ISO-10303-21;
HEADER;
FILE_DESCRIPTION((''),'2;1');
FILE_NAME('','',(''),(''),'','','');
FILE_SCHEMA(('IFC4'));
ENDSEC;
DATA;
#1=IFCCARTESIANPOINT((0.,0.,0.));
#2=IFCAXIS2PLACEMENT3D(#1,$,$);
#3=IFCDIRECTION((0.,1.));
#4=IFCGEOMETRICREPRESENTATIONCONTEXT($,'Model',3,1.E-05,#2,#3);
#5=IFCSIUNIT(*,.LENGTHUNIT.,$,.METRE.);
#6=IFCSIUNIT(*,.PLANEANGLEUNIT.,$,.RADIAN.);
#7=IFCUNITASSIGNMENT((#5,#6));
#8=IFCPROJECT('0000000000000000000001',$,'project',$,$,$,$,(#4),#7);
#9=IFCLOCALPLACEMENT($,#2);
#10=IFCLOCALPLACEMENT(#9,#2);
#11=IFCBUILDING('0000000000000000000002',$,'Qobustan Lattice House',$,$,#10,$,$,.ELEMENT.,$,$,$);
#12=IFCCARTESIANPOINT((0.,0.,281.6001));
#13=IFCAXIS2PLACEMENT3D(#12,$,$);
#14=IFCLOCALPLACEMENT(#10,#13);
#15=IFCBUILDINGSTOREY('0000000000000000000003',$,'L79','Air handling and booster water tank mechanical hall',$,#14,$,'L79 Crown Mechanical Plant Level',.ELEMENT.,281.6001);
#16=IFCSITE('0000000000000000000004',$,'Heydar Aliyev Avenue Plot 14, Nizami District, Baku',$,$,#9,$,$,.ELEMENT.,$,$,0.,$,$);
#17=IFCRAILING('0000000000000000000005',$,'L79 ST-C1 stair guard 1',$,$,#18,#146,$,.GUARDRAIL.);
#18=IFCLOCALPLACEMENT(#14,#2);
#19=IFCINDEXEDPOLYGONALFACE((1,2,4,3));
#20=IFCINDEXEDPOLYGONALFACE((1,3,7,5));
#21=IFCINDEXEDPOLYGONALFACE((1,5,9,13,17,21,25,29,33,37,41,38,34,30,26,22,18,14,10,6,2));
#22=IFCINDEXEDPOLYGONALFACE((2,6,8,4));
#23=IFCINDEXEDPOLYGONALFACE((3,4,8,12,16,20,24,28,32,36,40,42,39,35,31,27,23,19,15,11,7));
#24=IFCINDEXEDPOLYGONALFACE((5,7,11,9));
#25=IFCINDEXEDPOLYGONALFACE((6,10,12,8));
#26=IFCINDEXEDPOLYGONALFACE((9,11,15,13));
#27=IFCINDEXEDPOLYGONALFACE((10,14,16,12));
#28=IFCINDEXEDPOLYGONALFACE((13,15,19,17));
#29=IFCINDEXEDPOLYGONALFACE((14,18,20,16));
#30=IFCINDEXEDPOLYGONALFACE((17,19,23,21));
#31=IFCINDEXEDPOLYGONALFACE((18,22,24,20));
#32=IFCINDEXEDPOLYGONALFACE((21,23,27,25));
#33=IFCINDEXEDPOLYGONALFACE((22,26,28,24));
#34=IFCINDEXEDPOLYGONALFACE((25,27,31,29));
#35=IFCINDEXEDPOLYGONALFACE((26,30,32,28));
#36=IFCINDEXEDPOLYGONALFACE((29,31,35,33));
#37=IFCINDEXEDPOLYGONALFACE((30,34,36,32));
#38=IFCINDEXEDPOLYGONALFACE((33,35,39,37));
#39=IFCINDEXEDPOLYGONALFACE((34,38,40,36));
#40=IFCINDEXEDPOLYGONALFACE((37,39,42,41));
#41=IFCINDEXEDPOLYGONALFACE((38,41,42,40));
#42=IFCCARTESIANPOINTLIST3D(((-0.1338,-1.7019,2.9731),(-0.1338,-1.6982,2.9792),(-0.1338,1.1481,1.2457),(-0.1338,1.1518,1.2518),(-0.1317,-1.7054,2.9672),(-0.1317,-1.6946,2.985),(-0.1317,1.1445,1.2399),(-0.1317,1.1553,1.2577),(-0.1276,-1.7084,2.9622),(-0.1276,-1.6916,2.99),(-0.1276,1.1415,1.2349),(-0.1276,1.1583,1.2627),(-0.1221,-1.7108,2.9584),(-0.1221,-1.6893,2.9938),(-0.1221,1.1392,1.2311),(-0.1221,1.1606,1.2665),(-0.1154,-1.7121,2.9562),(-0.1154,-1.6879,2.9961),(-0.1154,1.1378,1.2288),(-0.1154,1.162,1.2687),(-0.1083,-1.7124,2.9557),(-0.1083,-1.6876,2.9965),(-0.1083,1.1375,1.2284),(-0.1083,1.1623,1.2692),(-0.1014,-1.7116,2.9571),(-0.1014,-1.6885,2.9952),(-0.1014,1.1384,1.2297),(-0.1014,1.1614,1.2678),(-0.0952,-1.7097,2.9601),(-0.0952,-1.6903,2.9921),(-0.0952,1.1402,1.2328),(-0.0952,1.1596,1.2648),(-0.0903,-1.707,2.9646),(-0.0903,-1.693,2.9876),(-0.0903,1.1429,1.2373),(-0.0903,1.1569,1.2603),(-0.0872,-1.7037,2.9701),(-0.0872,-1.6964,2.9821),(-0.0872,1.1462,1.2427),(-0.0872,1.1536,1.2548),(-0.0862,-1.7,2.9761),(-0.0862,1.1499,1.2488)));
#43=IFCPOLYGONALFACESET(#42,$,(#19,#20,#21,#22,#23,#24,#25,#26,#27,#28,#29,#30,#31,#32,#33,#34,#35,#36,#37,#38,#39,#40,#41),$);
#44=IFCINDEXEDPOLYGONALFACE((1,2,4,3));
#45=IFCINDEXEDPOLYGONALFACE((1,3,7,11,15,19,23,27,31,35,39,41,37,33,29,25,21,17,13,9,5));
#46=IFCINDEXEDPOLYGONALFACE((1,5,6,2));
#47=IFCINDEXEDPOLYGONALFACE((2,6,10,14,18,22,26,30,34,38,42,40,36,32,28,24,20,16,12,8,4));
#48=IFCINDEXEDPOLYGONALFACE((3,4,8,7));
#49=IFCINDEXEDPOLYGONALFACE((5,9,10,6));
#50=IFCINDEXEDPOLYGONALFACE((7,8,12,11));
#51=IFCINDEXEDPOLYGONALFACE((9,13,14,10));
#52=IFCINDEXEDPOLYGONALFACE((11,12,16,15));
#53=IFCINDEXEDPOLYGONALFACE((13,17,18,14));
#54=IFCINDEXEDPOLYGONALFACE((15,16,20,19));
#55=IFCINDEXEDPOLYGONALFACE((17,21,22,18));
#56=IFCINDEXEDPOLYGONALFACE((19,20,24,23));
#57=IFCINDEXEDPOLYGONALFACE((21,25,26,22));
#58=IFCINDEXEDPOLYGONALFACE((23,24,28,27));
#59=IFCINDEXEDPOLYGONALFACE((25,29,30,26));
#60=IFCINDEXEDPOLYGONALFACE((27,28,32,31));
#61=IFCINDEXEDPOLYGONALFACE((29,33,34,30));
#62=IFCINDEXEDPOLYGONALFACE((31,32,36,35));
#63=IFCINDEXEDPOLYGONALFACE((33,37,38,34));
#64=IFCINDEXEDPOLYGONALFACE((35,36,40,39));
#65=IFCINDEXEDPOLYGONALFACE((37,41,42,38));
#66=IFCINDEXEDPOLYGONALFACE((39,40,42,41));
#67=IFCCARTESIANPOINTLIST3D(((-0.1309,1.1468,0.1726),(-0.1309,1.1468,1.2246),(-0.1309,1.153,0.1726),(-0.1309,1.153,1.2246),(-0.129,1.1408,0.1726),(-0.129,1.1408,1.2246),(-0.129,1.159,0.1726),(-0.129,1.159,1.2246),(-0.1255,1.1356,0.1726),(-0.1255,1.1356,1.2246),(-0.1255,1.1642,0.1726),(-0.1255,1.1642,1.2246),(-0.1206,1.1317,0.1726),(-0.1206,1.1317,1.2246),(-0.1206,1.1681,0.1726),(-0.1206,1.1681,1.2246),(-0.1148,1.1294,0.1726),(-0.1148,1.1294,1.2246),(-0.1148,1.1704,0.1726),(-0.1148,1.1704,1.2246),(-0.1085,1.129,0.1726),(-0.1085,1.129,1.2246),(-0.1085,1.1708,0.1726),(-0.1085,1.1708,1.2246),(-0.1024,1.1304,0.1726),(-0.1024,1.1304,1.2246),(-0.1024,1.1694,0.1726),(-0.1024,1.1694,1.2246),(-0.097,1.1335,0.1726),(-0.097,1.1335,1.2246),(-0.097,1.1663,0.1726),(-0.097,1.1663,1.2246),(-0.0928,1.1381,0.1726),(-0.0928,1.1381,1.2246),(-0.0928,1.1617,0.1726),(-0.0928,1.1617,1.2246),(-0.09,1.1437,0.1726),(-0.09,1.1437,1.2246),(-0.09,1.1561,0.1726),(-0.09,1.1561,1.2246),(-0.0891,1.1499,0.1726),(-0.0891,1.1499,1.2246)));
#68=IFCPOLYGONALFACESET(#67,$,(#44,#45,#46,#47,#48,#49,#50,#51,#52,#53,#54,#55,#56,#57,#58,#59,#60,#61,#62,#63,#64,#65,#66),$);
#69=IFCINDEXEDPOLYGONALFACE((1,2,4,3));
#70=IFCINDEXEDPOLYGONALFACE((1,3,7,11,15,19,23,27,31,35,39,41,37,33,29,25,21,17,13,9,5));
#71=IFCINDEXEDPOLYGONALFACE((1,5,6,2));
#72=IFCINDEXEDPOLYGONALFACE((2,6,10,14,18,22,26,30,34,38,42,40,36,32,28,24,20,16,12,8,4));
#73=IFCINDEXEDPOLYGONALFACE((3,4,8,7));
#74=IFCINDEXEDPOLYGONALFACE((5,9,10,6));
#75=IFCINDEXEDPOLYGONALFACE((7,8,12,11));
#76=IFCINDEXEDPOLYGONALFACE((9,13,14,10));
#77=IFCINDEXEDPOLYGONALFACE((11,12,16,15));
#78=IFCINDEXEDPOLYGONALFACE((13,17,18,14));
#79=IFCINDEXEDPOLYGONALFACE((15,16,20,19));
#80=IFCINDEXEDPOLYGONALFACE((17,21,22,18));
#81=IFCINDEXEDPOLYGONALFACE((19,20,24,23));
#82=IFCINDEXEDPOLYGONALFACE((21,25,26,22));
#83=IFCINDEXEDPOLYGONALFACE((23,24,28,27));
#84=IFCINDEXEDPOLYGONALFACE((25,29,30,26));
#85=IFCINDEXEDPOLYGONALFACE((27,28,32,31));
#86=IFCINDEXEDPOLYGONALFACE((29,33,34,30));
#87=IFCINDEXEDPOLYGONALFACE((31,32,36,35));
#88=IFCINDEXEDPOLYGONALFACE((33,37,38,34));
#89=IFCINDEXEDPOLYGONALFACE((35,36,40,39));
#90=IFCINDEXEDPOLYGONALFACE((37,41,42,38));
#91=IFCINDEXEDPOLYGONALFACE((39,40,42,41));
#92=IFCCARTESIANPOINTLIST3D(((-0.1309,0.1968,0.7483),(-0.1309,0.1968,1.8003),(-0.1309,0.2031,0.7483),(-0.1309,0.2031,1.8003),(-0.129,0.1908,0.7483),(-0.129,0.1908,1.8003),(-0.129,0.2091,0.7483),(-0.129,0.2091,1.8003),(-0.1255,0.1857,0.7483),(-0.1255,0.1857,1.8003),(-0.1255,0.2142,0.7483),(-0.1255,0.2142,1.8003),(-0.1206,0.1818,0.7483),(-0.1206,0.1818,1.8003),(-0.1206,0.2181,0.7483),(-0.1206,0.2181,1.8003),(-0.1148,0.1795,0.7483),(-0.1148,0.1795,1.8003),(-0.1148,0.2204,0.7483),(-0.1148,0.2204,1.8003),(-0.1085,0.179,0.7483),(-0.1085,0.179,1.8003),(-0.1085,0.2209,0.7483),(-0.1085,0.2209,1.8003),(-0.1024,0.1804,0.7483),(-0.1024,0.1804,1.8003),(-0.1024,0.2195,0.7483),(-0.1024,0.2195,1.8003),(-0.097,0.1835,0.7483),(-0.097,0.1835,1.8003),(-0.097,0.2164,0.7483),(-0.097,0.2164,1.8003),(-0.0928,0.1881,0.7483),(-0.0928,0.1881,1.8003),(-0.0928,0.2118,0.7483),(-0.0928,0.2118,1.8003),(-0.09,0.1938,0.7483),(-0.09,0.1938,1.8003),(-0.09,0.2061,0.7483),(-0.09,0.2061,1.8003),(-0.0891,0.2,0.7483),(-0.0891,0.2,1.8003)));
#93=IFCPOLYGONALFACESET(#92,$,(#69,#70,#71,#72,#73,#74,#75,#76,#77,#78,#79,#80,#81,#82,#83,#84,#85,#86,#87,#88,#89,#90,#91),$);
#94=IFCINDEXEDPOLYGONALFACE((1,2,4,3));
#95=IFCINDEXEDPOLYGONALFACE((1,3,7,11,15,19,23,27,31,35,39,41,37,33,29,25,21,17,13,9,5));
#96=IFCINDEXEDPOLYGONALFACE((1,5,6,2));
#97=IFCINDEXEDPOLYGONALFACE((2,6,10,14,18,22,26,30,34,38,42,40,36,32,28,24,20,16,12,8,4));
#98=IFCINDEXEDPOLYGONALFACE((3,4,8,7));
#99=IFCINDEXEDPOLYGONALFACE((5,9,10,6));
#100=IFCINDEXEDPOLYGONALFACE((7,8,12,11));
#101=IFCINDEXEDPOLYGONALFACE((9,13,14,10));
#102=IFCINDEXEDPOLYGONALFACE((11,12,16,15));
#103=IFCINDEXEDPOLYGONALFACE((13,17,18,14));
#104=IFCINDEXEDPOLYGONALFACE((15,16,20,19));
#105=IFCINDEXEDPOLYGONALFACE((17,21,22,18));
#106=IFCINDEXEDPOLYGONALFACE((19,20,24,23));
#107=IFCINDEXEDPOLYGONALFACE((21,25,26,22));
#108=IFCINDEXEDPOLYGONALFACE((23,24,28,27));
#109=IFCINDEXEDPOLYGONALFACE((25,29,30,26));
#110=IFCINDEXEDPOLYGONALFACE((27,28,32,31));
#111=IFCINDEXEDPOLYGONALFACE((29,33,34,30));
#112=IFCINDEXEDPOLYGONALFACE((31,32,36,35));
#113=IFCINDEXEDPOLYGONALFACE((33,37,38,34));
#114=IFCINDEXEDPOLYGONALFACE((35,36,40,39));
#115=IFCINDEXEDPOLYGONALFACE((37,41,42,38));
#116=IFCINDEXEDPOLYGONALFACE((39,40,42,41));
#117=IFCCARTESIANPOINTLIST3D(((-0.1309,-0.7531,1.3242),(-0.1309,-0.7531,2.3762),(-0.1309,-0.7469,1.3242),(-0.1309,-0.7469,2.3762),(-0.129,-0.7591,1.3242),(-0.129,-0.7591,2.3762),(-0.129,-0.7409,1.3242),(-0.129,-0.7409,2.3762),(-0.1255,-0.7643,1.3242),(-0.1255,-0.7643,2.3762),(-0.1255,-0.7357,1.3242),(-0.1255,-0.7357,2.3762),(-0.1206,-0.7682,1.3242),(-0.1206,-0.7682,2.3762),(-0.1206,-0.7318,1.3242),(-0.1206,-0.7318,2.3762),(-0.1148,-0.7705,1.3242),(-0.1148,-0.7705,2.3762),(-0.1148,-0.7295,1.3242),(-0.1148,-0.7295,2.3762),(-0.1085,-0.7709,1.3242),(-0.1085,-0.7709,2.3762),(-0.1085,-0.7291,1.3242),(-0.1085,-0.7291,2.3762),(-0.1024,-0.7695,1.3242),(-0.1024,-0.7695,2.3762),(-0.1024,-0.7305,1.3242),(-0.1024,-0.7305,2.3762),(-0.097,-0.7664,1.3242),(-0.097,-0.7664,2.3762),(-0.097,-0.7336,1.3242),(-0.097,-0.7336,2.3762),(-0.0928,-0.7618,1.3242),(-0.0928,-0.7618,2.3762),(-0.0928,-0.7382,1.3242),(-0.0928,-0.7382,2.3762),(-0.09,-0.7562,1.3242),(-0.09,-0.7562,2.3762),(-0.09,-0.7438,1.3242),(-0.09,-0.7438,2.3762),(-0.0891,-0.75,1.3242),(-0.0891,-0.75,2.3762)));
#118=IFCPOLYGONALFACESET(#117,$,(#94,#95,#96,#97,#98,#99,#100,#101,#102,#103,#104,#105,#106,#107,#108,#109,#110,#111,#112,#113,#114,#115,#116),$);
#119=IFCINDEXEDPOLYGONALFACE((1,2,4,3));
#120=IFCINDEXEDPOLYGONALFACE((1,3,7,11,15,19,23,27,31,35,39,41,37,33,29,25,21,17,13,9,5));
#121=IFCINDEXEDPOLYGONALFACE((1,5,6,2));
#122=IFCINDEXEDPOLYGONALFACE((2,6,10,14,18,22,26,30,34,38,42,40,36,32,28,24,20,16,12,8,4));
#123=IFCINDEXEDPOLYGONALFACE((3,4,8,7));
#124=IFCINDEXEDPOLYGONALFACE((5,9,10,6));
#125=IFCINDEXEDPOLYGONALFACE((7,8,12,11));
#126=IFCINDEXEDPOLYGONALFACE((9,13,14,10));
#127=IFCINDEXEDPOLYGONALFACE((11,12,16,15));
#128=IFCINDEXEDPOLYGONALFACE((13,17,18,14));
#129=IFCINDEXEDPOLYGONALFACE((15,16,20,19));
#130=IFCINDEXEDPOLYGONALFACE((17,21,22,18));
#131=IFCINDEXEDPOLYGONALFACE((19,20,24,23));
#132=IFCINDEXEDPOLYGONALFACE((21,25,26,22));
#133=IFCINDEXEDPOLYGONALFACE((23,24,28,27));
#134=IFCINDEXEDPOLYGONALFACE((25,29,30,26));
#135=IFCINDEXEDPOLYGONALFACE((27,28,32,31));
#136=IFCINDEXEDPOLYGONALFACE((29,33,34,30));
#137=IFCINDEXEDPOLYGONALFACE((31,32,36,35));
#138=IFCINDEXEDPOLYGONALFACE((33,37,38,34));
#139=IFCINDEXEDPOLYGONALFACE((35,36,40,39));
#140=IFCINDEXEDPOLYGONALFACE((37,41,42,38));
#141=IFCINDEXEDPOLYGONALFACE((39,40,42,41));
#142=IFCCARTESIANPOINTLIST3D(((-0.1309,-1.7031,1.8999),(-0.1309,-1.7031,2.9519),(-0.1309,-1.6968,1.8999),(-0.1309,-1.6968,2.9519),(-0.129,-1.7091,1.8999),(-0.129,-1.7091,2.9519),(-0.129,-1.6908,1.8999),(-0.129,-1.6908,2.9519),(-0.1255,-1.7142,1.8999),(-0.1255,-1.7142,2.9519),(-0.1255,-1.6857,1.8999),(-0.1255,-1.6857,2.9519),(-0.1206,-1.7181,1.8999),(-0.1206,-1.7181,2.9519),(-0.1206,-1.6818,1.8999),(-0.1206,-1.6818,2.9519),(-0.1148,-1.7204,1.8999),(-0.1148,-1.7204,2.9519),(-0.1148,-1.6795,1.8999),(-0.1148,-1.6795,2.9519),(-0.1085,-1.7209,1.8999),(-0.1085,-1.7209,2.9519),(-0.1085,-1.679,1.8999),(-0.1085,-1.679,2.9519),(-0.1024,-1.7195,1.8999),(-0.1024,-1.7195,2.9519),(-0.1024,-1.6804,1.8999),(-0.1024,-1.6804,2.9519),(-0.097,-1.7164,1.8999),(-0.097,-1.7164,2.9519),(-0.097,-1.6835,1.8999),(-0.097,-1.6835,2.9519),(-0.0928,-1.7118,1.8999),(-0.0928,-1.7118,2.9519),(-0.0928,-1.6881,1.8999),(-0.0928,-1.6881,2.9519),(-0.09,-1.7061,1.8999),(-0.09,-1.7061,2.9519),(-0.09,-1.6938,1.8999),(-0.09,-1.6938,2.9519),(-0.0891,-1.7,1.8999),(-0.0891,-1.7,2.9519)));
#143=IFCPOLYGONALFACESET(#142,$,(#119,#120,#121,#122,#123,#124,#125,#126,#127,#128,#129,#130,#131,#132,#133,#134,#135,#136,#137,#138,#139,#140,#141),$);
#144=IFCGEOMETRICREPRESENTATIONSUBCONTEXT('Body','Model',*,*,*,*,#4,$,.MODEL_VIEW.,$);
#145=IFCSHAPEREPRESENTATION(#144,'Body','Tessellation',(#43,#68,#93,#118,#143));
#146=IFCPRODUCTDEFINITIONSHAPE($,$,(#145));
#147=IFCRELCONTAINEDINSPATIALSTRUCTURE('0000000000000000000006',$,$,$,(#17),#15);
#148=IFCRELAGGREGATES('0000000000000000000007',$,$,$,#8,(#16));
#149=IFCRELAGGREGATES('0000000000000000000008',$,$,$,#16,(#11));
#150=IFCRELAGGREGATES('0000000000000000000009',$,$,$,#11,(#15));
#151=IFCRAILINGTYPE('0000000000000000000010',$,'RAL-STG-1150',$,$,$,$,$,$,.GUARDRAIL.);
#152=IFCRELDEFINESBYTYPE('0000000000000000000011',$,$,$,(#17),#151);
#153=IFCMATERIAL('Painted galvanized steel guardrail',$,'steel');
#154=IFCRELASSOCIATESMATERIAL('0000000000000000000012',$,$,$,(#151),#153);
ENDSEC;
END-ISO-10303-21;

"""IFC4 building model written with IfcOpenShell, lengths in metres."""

from ifc_helpers import new_model, si_unit, direction, frame, origin, origin_2d, place, context, subcontext, project, spatial, circle, extrude, material, type_object, element, save


model = new_model("IFC4")

# Units and contexts
model_context = context("Model", 3, precision=1e-05, world=origin(), true_north=direction((0.0, 1.0)))
body_context = subcontext(model_context, "Body", "Model", "MODEL_VIEW")
ifc_project = project(units=[si_unit("LENGTHUNIT", "METRE"), si_unit("PLANEANGLEUNIT", "RADIAN")], contexts=[model_context])

# Site, building, storey
site_placement = place(None, origin())
site = spatial("IfcSite", under=ifc_project, at=site_placement, Name="Heydar Aliyev Avenue Plot 14, Nizami District, Baku", CompositionType="ELEMENT", RefElevation=0.0)
building_placement = place(site_placement, origin())
building = spatial("IfcBuilding", under=site, at=building_placement, Name="Qobustan Lattice House", CompositionType="ELEMENT")
storey_placement = place(building_placement, frame((0.0, 0.0, 281.6001)))
storey = spatial("IfcBuildingStorey", under=building, at=storey_placement, Name="L79", Description="Air handling and booster water tank mechanical hall", LongName="L79 Crown Mechanical Plant Level", CompositionType="ELEMENT", Elevation=281.6001)

# Railing
ifc_material_1 = material(Name="Painted galvanized steel guardrail", Category="steel")
railing_type_1 = type_object("IfcRailingType", Name="RAL-STG-1150", PredefinedType="GUARDRAIL", material=ifc_material_1)
railing_1_placement = place(storey_placement, frame((-0.1101, 1.1499, 0.1726)))
element("IfcRailing", 1, at=railing_1_placement, inside=storey, type_object=railing_type_1, Name="L79 ST-C1 stair guard 1", PredefinedType="GUARDRAIL", context=body_context, shape_type="SweptSolid", body=[
    extrude(circle(Radius=0.0239, at=origin_2d()), frame((0.0, 0.0, 1.0762), z_axis=(0.0, -0.855183, 0.518326), x_axis=(1.0, 0.0, 0.0)), (0.0, 0.0, 1.0), 3.3325),
    extrude(circle(Radius=0.021, at=origin_2d()), origin(), (0.0, 0.0, 1.0), 1.052),
    extrude(circle(Radius=0.021, at=origin_2d()), frame((0.0, -0.95, 0.5757)), (0.0, 0.0, 1.0), 1.052),
    extrude(circle(Radius=0.021, at=origin_2d()), frame((0.0, -1.8999, 1.1516)), (0.0, 0.0, 1.0), 1.052),
    extrude(circle(Radius=0.021, at=origin_2d()), frame((0.0, -2.8499, 1.7273)), (0.0, 0.0, 1.0), 1.052),
])

save(model, "model.ifc")
